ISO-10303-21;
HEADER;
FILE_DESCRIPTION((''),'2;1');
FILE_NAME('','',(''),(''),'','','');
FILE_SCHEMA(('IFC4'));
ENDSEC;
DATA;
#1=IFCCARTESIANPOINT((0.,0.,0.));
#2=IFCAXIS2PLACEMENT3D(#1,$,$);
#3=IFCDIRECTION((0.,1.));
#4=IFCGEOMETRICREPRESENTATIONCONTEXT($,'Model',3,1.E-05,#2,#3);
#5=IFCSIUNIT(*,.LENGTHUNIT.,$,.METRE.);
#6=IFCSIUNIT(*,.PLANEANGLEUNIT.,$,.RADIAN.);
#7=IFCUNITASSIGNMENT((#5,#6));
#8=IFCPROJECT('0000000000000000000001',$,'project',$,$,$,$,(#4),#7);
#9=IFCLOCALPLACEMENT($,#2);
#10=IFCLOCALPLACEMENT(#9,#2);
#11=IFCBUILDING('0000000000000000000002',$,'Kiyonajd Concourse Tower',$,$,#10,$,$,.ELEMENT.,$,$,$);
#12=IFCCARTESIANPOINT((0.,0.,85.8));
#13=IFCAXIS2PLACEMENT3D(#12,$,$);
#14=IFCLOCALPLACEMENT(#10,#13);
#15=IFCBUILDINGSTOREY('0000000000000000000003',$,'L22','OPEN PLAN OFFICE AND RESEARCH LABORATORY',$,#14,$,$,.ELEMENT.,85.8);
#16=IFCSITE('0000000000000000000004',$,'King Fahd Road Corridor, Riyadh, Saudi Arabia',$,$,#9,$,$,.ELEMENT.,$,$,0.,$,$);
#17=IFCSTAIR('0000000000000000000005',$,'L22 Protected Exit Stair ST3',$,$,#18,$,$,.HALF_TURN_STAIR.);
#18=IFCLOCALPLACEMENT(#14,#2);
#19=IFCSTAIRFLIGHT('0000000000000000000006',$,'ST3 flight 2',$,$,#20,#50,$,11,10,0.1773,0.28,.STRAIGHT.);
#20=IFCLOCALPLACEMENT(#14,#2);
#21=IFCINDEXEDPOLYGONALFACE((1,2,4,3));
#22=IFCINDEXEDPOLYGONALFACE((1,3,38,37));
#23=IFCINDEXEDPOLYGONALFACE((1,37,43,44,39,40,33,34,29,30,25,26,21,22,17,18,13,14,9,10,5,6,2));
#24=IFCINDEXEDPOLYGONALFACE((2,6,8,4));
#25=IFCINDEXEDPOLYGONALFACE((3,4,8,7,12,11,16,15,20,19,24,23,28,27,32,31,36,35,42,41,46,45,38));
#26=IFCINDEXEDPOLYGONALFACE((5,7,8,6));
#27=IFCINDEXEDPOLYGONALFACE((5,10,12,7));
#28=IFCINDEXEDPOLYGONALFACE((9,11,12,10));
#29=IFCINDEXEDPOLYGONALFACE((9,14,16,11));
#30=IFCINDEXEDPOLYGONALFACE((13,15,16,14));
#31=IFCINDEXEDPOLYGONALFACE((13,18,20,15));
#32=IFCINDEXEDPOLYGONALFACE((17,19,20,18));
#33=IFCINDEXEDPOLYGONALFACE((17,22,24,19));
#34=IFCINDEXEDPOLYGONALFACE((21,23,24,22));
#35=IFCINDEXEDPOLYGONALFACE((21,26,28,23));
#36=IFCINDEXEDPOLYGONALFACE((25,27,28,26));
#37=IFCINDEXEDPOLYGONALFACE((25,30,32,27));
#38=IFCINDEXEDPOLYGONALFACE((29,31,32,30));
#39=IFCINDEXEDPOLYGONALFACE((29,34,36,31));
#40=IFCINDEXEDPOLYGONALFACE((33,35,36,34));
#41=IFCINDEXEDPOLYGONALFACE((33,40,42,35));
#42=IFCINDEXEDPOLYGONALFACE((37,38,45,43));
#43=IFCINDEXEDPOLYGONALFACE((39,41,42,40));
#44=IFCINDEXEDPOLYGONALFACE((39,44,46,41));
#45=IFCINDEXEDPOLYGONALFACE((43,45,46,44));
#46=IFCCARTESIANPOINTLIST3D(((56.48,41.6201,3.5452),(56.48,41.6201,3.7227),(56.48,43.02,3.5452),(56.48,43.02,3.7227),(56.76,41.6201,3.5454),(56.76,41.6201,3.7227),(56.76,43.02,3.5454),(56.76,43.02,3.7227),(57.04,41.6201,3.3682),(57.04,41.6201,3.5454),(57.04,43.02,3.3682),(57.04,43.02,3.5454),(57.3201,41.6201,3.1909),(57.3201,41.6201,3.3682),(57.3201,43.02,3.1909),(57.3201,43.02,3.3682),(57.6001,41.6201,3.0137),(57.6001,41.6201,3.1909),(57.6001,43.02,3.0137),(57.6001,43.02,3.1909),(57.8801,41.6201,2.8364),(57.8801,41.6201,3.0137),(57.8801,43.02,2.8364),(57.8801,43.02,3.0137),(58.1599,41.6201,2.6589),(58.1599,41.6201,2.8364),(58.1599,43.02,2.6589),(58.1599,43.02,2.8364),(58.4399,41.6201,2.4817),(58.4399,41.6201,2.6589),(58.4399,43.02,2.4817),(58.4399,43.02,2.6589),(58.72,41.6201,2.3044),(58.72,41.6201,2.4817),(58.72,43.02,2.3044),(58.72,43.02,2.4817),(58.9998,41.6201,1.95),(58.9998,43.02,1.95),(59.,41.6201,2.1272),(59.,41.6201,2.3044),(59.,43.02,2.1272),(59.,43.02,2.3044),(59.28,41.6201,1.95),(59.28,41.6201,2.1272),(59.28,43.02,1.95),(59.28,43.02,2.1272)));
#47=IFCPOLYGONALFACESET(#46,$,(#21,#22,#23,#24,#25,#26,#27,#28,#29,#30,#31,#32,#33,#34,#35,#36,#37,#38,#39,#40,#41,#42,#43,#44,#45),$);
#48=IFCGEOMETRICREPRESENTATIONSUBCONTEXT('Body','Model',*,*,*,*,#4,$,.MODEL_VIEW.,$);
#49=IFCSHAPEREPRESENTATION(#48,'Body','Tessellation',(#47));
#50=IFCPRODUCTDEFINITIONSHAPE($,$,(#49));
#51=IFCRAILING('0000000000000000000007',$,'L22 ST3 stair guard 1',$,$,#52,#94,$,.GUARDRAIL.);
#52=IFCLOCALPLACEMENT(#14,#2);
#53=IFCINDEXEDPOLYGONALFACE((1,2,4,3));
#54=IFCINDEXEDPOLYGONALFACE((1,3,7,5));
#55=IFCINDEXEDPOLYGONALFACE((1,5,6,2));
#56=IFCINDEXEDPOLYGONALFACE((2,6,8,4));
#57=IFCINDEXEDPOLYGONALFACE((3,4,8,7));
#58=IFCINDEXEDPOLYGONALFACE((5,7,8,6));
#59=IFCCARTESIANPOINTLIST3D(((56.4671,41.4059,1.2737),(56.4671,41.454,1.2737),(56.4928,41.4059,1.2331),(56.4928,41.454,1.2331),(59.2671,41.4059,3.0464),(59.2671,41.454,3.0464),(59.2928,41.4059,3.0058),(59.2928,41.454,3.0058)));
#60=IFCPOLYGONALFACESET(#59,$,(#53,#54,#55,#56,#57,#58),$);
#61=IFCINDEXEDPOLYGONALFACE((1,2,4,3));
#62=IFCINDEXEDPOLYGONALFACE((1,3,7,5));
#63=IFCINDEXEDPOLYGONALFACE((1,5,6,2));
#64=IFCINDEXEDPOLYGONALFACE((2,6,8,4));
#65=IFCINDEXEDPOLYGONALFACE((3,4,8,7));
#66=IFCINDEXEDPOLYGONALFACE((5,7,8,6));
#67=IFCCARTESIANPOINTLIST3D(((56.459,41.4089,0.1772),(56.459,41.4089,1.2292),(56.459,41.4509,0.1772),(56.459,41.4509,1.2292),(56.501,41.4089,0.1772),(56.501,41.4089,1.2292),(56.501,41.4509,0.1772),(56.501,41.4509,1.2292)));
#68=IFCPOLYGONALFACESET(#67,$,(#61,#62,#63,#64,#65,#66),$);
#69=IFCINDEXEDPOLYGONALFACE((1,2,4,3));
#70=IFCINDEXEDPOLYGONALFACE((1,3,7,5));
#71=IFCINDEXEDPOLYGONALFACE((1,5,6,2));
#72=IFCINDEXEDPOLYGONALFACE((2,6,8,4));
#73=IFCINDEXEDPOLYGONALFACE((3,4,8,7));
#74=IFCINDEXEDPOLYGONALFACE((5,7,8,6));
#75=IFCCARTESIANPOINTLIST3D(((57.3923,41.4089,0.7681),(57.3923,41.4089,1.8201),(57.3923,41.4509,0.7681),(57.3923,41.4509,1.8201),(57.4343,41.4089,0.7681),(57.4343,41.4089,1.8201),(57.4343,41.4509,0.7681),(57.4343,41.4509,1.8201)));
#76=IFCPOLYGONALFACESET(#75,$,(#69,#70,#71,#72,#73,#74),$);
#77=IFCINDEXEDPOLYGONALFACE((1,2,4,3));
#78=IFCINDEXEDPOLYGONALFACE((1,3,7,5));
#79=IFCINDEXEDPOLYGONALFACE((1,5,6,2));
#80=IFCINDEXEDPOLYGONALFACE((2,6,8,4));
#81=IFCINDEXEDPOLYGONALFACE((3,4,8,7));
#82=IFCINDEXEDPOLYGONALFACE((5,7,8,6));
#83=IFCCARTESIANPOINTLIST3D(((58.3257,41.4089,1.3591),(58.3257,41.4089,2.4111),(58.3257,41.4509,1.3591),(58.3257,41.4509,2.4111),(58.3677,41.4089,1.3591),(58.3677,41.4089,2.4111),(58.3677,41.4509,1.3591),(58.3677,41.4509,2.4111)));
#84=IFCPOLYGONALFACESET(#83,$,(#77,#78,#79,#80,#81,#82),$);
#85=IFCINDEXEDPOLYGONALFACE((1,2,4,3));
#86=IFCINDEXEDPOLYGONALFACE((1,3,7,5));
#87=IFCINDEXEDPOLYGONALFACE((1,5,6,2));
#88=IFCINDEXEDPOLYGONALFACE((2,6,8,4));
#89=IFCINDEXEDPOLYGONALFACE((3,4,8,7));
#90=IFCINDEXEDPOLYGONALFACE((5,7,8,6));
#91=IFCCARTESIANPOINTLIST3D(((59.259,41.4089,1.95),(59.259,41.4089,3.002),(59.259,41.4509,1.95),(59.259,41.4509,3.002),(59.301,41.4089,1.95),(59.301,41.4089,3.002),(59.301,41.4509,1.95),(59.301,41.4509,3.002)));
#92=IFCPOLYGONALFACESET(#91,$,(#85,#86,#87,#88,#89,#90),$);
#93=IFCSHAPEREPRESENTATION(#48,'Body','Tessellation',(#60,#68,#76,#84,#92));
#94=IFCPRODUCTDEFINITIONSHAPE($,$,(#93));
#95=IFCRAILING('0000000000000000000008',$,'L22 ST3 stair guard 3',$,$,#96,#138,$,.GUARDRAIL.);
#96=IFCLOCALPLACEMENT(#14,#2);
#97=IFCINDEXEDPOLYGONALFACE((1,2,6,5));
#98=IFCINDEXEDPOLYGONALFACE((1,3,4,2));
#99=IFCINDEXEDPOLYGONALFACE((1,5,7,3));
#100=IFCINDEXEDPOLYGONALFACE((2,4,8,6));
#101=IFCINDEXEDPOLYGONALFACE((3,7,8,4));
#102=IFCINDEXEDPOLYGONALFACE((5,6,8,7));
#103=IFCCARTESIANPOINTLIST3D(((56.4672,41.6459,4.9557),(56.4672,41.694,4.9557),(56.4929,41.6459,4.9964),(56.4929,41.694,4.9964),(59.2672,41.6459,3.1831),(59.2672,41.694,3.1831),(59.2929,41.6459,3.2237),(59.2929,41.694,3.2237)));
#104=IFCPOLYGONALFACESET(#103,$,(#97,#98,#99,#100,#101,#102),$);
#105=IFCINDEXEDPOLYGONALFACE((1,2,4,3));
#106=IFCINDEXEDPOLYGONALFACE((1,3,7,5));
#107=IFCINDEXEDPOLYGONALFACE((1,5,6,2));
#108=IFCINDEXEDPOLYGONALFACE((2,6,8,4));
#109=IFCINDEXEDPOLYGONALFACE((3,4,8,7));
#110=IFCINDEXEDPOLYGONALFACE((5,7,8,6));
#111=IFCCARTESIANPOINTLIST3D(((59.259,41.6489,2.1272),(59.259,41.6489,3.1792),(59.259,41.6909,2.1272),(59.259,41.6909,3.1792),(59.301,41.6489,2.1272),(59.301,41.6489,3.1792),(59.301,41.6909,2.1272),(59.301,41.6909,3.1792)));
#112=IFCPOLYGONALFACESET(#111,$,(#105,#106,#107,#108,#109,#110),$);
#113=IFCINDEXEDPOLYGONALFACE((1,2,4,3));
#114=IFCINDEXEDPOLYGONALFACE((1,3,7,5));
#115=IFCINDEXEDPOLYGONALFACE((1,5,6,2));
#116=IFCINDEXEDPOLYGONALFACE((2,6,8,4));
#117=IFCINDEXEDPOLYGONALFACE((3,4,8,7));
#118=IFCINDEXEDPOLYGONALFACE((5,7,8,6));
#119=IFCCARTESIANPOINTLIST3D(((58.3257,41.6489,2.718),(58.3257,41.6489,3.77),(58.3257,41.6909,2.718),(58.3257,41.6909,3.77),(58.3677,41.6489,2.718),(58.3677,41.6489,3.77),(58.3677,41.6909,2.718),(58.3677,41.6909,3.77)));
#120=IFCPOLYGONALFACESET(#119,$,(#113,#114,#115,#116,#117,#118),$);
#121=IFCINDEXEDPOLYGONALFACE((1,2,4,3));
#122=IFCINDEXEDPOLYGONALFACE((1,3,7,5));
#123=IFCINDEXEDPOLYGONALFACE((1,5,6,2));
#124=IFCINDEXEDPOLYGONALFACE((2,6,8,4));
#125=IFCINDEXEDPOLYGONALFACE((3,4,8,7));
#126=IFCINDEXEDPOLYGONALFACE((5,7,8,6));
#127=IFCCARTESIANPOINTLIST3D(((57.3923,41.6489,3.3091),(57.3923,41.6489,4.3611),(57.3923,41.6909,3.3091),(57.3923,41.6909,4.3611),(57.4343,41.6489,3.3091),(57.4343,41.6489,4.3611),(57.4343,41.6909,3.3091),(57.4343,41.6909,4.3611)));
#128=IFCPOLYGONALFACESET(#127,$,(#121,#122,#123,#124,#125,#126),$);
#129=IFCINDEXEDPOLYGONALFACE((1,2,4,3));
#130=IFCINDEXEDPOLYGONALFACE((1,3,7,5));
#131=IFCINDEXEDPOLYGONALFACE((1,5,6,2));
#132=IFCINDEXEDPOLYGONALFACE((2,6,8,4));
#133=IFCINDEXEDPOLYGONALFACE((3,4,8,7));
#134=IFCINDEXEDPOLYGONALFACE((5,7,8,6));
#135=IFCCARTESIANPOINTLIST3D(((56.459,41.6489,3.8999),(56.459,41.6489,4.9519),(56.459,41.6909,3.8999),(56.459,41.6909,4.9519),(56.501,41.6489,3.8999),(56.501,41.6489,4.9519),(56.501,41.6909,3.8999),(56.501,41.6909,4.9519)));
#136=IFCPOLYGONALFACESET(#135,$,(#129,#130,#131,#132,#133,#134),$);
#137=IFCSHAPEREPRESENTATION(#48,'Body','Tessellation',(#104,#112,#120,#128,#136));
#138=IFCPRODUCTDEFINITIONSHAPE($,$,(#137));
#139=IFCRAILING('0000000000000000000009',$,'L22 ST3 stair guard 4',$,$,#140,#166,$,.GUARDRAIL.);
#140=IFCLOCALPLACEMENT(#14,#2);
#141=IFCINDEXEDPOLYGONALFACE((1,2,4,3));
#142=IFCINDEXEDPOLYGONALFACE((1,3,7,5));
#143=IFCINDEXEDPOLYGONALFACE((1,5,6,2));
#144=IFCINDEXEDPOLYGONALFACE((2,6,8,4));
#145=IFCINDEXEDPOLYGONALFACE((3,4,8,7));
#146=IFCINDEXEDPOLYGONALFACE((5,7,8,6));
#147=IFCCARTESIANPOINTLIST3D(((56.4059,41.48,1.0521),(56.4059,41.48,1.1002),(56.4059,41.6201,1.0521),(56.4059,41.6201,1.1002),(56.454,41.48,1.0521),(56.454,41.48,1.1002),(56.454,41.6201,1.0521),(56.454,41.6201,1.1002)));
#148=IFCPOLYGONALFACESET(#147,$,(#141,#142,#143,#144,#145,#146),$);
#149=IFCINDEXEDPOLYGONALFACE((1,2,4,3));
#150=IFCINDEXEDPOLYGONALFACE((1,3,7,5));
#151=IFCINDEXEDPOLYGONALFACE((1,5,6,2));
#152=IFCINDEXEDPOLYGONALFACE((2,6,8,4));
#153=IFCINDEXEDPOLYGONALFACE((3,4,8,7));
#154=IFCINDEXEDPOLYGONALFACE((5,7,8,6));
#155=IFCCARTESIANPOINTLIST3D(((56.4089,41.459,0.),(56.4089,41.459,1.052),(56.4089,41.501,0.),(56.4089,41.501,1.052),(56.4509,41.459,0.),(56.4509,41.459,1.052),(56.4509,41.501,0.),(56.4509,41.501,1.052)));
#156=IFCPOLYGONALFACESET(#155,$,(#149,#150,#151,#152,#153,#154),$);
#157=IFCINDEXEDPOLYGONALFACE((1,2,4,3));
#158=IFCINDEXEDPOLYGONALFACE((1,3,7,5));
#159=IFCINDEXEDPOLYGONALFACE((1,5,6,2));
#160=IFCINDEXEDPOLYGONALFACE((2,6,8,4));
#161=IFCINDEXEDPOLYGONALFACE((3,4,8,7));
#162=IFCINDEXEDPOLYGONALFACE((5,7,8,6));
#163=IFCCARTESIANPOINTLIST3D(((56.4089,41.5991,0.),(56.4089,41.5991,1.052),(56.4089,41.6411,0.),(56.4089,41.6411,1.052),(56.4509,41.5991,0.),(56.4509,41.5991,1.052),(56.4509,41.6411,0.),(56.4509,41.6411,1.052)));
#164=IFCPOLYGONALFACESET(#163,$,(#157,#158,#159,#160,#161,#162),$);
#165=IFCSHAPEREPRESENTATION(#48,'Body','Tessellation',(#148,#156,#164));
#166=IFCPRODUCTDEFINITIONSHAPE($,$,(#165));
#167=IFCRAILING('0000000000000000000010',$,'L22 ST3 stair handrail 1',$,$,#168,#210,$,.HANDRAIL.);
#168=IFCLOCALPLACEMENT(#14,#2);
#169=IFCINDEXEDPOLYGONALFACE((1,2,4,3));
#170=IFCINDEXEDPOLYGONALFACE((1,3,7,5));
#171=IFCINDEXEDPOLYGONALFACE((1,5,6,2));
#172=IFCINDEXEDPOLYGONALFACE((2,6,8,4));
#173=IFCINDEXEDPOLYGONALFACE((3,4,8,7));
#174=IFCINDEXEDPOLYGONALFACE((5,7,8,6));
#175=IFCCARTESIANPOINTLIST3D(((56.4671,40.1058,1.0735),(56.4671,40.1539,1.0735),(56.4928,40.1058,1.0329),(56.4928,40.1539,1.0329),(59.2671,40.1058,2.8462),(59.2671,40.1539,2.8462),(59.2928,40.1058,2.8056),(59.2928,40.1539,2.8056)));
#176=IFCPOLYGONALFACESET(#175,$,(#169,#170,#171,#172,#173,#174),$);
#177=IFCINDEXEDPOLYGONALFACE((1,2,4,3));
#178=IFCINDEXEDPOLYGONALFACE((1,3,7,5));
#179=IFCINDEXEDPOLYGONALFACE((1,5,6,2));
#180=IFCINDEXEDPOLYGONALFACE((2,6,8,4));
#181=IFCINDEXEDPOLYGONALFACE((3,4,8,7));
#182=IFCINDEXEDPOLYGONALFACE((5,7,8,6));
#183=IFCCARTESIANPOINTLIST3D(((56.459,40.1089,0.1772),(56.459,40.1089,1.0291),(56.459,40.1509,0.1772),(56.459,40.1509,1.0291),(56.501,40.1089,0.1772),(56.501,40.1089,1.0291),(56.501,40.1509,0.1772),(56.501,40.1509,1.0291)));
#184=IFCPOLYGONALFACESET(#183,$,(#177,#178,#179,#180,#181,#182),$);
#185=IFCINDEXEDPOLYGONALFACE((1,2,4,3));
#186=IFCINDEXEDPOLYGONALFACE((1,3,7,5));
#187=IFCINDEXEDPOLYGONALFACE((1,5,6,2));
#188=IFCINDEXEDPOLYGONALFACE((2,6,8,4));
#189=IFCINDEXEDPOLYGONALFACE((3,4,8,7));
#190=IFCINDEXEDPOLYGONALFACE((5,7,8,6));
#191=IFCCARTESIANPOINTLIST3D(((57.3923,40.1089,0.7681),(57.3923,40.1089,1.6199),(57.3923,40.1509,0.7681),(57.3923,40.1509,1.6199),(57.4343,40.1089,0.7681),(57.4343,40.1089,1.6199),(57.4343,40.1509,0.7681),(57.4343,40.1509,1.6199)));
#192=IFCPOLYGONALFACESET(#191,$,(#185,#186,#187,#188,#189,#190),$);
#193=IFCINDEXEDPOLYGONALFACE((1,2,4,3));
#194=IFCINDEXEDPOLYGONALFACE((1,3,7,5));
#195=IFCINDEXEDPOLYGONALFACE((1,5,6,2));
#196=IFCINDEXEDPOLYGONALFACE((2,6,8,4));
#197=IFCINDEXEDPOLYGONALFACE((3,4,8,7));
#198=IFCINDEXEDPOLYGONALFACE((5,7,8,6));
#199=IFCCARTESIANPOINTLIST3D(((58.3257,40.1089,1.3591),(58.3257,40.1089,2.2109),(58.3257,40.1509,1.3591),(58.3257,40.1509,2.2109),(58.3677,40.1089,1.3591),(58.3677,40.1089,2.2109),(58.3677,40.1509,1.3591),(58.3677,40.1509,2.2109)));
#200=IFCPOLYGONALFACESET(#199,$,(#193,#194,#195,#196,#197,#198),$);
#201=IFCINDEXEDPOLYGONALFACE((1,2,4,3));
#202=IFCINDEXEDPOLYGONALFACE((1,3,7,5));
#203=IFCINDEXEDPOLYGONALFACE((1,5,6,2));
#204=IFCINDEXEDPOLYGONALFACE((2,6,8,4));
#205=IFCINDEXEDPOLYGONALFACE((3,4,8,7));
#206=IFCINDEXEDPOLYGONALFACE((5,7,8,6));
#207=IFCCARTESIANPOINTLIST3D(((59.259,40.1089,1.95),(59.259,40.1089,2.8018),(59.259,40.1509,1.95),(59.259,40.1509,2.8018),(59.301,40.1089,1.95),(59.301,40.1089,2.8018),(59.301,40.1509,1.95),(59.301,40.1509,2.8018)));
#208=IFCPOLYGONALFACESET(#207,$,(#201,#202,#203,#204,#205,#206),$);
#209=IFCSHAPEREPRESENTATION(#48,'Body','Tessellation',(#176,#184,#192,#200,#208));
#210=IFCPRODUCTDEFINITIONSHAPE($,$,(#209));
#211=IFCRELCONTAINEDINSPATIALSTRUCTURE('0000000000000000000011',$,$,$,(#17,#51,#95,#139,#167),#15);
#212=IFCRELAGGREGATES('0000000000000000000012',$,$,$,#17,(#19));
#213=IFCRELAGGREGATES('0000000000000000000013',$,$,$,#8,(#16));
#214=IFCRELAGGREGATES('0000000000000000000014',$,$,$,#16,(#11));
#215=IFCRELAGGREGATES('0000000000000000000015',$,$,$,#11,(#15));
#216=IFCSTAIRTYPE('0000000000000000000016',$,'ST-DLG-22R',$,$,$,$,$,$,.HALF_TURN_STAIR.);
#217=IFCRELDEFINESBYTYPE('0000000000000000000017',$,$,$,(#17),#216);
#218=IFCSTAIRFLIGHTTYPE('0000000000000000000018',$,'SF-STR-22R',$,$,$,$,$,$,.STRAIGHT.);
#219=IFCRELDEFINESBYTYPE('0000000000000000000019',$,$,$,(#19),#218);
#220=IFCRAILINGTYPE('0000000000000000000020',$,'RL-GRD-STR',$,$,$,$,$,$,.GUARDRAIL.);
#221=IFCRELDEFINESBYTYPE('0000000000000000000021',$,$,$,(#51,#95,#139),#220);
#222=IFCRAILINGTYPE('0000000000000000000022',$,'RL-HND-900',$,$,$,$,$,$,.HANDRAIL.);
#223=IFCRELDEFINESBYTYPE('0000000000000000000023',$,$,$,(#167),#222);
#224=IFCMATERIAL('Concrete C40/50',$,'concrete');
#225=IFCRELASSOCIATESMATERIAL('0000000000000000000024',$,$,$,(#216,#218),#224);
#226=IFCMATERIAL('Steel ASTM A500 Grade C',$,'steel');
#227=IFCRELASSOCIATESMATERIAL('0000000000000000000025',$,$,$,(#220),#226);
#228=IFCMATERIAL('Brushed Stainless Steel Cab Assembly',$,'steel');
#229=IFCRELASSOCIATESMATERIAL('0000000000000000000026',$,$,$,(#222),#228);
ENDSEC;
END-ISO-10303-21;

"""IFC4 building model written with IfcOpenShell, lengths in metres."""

from ifc_helpers import new_model, si_unit, direction, frame, origin, origin_2d, place, context, subcontext, project, spatial, polyline, rectangle, outline, extrude, material, type_object, element, aggregate, save


model = new_model("IFC4")

# Units and contexts
model_context = context("Model", 3, precision=1e-05, world=origin(), true_north=direction((0.0, 1.0)))
body_context = subcontext(model_context, "Body", "Model", "MODEL_VIEW")
ifc_project = project(units=[si_unit("LENGTHUNIT", "METRE"), si_unit("PLANEANGLEUNIT", "RADIAN")], contexts=[model_context])

# Site, building, storey
site_placement = place(None, origin())
site = spatial("IfcSite", under=ifc_project, at=site_placement, Name="King Fahd Road Corridor, Riyadh, Saudi Arabia", CompositionType="ELEMENT", RefElevation=0.0)
building_placement = place(site_placement, origin())
building = spatial("IfcBuilding", under=site, at=building_placement, Name="Kiyonajd Concourse Tower", CompositionType="ELEMENT")
storey_placement = place(building_placement, frame((0.0, 0.0, 85.8)))
storey = spatial("IfcBuildingStorey", under=building, at=storey_placement, Name="L22", Description="OPEN PLAN OFFICE AND RESEARCH LABORATORY", CompositionType="ELEMENT", Elevation=85.8)

# Shared definitions
ifc_material_1 = material(Name="Brushed Stainless Steel Cab Assembly", Category="steel")

# Stair, stair flight
ifc_material_2 = material(Name="Concrete C40/50", Category="concrete")
stair_type = type_object("IfcStairType", Name="ST-DLG-22R", PredefinedType="HALF_TURN_STAIR", material=ifc_material_2)
stair_placement = place(storey_placement, origin())
stair = element("IfcStair", 1, at=stair_placement, inside=storey, type_object=stair_type, Name="L22 Protected Exit Stair ST3", PredefinedType="HALF_TURN_STAIR")
stair_flight_type = type_object("IfcStairFlightType", Name="SF-STR-22R", PredefinedType="STRAIGHT", material=ifc_material_2)
stair_flight_1_placement = place(storey_placement, frame((59.28, 42.3201, 1.95), z_axis=(0.0, 0.0, 1.0), x_axis=(-1.0, 0.0, 0.0)))
stair_flight_1 = element("IfcStairFlight", 2, at=stair_flight_1_placement, type_object=stair_flight_type, Name="ST3 flight 2", NumberOfRisers=11, NumberOfTreads=10, PredefinedType="STRAIGHT", RiserHeight=0.1773, TreadLength=0.28, context=body_context, shape_type="SweptSolid", body=[
    extrude(outline(polyline([(0.0, 0.0), (0.0, 0.1772), (0.28, 0.1772), (0.28, 0.3545), (0.5601, 0.3545), (0.5601, 0.5317), (0.8401, 0.5317), (0.8401, 0.709), (1.1201, 0.709), (1.1201, 0.8865), (1.3999, 0.8865), (1.3999, 1.0637), (1.6799, 1.0637), (1.6799, 1.241), (1.96, 1.241), (1.96, 1.4182), (2.24, 1.4182), (2.24, 1.5955), (2.52, 1.5955), (2.52, 1.7727), (2.8, 1.7727), (2.8, 1.95), (2.8, 1.5952), (0.2803, 0.0), (0.0, 0.0)])), frame((0.0, 0.7, 0.0), z_axis=(0.0, -1.0, 0.0), x_axis=(1.0, 0.0, 0.0)), (0.0, 0.0, 1.0), 1.3999),
])
aggregate(stair, [stair_flight_1])

# Railings
ifc_material_3 = material(Name="Steel ASTM A500 Grade C", Category="steel")
railing_type_1 = type_object("IfcRailingType", Name="RL-GRD-STR", PredefinedType="GUARDRAIL", material=ifc_material_3)
railing_1_placement = place(storey_placement, frame((56.48, 41.4299, 0.1772)))
element("IfcRailing", 3, at=railing_1_placement, inside=storey, type_object=railing_type_1, Name="L22 ST3 stair guard 1", PredefinedType="GUARDRAIL", context=body_context, shape_type="SweptSolid", body=[
    extrude(rectangle(XDim=0.0481, YDim=0.0481, at=origin_2d()), frame((0.0, 0.0, 1.0762), z_axis=(0.844909, 0.0, 0.53491), x_axis=(0.0, 1.0, 0.0)), (0.0, 0.0, 1.0), 3.314),
    extrude(rectangle(XDim=0.042, YDim=0.042, at=origin_2d()), origin(), (0.0, 0.0, 1.0), 1.052),
    extrude(rectangle(XDim=0.042, YDim=0.042, at=origin_2d()), frame((0.9333, 0.0, 0.5908)), (0.0, 0.0, 1.0), 1.052),
    extrude(rectangle(XDim=0.042, YDim=0.042, at=origin_2d()), frame((1.8667, 0.0, 1.1819)), (0.0, 0.0, 1.0), 1.052),
    extrude(rectangle(XDim=0.042, YDim=0.042, at=origin_2d()), frame((2.8, 0.0, 1.7727)), (0.0, 0.0, 1.0), 1.052),
])
railing_2_placement = place(storey_placement, frame((59.28, 41.6699, 2.1272)))
element("IfcRailing", 4, at=railing_2_placement, inside=storey, type_object=railing_type_1, Name="L22 ST3 stair guard 3", PredefinedType="GUARDRAIL", context=body_context, shape_type="SweptSolid", body=[
    extrude(rectangle(XDim=0.0481, YDim=0.0481, at=origin_2d()), frame((0.0, 0.0, 1.0762), z_axis=(-0.844909, 0.0, 0.53491), x_axis=(0.0, -1.0, 0.0)), (0.0, 0.0, 1.0), 3.314),
    extrude(rectangle(XDim=0.042, YDim=0.042, at=origin_2d()), origin(), (0.0, 0.0, 1.0), 1.052),
    extrude(rectangle(XDim=0.042, YDim=0.042, at=origin_2d()), frame((-0.9333, 0.0, 0.5908)), (0.0, 0.0, 1.0), 1.052),
    extrude(rectangle(XDim=0.042, YDim=0.042, at=origin_2d()), frame((-1.8667, 0.0, 1.1819)), (0.0, 0.0, 1.0), 1.052),
    extrude(rectangle(XDim=0.042, YDim=0.042, at=origin_2d()), frame((-2.8, 0.0, 1.7727)), (0.0, 0.0, 1.0), 1.052),
])
railing_3_placement = place(storey_placement, frame((56.4299, 41.48, 0.0)))
element("IfcRailing", 5, at=railing_3_placement, inside=storey, type_object=railing_type_1, Name="L22 ST3 stair guard 4", PredefinedType="GUARDRAIL", context=body_context, shape_type="SweptSolid", body=[
    extrude(rectangle(XDim=0.0481, YDim=0.0481, at=origin_2d()), frame((0.0, 0.0, 1.0762), z_axis=(0.0, 1.0, 0.0), x_axis=(-1.0, 0.0, 0.0)), (0.0, 0.0, 1.0), 0.1401),
    extrude(rectangle(XDim=0.042, YDim=0.042, at=origin_2d()), origin(), (0.0, 0.0, 1.0), 1.052),
    extrude(rectangle(XDim=0.042, YDim=0.042, at=origin_2d()), frame((0.0, 0.1401, 0.0)), (0.0, 0.0, 1.0), 1.052),
])
railing_type_2 = type_object("IfcRailingType", Name="RL-HND-900", PredefinedType="HANDRAIL", material=ifc_material_1)
railing_4_placement = place(storey_placement, frame((56.48, 40.1299, 0.1772)))
element("IfcRailing", 6, at=railing_4_placement, inside=storey, type_object=railing_type_2, Name="L22 ST3 stair handrail 1", PredefinedType="HANDRAIL", context=body_context, shape_type="SweptSolid", body=[
    extrude(rectangle(XDim=0.0481, YDim=0.0481, at=origin_2d()), frame((0.0, 0.0, 0.876), z_axis=(0.844909, 0.0, 0.53491), x_axis=(0.0, 1.0, 0.0)), (0.0, 0.0, 1.0), 3.314),
    extrude(rectangle(XDim=0.042, YDim=0.042, at=origin_2d()), origin(), (0.0, 0.0, 1.0), 0.8518),
    extrude(rectangle(XDim=0.042, YDim=0.042, at=origin_2d()), frame((0.9333, 0.0, 0.5908)), (0.0, 0.0, 1.0), 0.8518),
    extrude(rectangle(XDim=0.042, YDim=0.042, at=origin_2d()), frame((1.8667, 0.0, 1.1819)), (0.0, 0.0, 1.0), 0.8518),
    extrude(rectangle(XDim=0.042, YDim=0.042, at=origin_2d()), frame((2.8, 0.0, 1.7727)), (0.0, 0.0, 1.0), 0.8518),
])

save(model, "model.ifc")
